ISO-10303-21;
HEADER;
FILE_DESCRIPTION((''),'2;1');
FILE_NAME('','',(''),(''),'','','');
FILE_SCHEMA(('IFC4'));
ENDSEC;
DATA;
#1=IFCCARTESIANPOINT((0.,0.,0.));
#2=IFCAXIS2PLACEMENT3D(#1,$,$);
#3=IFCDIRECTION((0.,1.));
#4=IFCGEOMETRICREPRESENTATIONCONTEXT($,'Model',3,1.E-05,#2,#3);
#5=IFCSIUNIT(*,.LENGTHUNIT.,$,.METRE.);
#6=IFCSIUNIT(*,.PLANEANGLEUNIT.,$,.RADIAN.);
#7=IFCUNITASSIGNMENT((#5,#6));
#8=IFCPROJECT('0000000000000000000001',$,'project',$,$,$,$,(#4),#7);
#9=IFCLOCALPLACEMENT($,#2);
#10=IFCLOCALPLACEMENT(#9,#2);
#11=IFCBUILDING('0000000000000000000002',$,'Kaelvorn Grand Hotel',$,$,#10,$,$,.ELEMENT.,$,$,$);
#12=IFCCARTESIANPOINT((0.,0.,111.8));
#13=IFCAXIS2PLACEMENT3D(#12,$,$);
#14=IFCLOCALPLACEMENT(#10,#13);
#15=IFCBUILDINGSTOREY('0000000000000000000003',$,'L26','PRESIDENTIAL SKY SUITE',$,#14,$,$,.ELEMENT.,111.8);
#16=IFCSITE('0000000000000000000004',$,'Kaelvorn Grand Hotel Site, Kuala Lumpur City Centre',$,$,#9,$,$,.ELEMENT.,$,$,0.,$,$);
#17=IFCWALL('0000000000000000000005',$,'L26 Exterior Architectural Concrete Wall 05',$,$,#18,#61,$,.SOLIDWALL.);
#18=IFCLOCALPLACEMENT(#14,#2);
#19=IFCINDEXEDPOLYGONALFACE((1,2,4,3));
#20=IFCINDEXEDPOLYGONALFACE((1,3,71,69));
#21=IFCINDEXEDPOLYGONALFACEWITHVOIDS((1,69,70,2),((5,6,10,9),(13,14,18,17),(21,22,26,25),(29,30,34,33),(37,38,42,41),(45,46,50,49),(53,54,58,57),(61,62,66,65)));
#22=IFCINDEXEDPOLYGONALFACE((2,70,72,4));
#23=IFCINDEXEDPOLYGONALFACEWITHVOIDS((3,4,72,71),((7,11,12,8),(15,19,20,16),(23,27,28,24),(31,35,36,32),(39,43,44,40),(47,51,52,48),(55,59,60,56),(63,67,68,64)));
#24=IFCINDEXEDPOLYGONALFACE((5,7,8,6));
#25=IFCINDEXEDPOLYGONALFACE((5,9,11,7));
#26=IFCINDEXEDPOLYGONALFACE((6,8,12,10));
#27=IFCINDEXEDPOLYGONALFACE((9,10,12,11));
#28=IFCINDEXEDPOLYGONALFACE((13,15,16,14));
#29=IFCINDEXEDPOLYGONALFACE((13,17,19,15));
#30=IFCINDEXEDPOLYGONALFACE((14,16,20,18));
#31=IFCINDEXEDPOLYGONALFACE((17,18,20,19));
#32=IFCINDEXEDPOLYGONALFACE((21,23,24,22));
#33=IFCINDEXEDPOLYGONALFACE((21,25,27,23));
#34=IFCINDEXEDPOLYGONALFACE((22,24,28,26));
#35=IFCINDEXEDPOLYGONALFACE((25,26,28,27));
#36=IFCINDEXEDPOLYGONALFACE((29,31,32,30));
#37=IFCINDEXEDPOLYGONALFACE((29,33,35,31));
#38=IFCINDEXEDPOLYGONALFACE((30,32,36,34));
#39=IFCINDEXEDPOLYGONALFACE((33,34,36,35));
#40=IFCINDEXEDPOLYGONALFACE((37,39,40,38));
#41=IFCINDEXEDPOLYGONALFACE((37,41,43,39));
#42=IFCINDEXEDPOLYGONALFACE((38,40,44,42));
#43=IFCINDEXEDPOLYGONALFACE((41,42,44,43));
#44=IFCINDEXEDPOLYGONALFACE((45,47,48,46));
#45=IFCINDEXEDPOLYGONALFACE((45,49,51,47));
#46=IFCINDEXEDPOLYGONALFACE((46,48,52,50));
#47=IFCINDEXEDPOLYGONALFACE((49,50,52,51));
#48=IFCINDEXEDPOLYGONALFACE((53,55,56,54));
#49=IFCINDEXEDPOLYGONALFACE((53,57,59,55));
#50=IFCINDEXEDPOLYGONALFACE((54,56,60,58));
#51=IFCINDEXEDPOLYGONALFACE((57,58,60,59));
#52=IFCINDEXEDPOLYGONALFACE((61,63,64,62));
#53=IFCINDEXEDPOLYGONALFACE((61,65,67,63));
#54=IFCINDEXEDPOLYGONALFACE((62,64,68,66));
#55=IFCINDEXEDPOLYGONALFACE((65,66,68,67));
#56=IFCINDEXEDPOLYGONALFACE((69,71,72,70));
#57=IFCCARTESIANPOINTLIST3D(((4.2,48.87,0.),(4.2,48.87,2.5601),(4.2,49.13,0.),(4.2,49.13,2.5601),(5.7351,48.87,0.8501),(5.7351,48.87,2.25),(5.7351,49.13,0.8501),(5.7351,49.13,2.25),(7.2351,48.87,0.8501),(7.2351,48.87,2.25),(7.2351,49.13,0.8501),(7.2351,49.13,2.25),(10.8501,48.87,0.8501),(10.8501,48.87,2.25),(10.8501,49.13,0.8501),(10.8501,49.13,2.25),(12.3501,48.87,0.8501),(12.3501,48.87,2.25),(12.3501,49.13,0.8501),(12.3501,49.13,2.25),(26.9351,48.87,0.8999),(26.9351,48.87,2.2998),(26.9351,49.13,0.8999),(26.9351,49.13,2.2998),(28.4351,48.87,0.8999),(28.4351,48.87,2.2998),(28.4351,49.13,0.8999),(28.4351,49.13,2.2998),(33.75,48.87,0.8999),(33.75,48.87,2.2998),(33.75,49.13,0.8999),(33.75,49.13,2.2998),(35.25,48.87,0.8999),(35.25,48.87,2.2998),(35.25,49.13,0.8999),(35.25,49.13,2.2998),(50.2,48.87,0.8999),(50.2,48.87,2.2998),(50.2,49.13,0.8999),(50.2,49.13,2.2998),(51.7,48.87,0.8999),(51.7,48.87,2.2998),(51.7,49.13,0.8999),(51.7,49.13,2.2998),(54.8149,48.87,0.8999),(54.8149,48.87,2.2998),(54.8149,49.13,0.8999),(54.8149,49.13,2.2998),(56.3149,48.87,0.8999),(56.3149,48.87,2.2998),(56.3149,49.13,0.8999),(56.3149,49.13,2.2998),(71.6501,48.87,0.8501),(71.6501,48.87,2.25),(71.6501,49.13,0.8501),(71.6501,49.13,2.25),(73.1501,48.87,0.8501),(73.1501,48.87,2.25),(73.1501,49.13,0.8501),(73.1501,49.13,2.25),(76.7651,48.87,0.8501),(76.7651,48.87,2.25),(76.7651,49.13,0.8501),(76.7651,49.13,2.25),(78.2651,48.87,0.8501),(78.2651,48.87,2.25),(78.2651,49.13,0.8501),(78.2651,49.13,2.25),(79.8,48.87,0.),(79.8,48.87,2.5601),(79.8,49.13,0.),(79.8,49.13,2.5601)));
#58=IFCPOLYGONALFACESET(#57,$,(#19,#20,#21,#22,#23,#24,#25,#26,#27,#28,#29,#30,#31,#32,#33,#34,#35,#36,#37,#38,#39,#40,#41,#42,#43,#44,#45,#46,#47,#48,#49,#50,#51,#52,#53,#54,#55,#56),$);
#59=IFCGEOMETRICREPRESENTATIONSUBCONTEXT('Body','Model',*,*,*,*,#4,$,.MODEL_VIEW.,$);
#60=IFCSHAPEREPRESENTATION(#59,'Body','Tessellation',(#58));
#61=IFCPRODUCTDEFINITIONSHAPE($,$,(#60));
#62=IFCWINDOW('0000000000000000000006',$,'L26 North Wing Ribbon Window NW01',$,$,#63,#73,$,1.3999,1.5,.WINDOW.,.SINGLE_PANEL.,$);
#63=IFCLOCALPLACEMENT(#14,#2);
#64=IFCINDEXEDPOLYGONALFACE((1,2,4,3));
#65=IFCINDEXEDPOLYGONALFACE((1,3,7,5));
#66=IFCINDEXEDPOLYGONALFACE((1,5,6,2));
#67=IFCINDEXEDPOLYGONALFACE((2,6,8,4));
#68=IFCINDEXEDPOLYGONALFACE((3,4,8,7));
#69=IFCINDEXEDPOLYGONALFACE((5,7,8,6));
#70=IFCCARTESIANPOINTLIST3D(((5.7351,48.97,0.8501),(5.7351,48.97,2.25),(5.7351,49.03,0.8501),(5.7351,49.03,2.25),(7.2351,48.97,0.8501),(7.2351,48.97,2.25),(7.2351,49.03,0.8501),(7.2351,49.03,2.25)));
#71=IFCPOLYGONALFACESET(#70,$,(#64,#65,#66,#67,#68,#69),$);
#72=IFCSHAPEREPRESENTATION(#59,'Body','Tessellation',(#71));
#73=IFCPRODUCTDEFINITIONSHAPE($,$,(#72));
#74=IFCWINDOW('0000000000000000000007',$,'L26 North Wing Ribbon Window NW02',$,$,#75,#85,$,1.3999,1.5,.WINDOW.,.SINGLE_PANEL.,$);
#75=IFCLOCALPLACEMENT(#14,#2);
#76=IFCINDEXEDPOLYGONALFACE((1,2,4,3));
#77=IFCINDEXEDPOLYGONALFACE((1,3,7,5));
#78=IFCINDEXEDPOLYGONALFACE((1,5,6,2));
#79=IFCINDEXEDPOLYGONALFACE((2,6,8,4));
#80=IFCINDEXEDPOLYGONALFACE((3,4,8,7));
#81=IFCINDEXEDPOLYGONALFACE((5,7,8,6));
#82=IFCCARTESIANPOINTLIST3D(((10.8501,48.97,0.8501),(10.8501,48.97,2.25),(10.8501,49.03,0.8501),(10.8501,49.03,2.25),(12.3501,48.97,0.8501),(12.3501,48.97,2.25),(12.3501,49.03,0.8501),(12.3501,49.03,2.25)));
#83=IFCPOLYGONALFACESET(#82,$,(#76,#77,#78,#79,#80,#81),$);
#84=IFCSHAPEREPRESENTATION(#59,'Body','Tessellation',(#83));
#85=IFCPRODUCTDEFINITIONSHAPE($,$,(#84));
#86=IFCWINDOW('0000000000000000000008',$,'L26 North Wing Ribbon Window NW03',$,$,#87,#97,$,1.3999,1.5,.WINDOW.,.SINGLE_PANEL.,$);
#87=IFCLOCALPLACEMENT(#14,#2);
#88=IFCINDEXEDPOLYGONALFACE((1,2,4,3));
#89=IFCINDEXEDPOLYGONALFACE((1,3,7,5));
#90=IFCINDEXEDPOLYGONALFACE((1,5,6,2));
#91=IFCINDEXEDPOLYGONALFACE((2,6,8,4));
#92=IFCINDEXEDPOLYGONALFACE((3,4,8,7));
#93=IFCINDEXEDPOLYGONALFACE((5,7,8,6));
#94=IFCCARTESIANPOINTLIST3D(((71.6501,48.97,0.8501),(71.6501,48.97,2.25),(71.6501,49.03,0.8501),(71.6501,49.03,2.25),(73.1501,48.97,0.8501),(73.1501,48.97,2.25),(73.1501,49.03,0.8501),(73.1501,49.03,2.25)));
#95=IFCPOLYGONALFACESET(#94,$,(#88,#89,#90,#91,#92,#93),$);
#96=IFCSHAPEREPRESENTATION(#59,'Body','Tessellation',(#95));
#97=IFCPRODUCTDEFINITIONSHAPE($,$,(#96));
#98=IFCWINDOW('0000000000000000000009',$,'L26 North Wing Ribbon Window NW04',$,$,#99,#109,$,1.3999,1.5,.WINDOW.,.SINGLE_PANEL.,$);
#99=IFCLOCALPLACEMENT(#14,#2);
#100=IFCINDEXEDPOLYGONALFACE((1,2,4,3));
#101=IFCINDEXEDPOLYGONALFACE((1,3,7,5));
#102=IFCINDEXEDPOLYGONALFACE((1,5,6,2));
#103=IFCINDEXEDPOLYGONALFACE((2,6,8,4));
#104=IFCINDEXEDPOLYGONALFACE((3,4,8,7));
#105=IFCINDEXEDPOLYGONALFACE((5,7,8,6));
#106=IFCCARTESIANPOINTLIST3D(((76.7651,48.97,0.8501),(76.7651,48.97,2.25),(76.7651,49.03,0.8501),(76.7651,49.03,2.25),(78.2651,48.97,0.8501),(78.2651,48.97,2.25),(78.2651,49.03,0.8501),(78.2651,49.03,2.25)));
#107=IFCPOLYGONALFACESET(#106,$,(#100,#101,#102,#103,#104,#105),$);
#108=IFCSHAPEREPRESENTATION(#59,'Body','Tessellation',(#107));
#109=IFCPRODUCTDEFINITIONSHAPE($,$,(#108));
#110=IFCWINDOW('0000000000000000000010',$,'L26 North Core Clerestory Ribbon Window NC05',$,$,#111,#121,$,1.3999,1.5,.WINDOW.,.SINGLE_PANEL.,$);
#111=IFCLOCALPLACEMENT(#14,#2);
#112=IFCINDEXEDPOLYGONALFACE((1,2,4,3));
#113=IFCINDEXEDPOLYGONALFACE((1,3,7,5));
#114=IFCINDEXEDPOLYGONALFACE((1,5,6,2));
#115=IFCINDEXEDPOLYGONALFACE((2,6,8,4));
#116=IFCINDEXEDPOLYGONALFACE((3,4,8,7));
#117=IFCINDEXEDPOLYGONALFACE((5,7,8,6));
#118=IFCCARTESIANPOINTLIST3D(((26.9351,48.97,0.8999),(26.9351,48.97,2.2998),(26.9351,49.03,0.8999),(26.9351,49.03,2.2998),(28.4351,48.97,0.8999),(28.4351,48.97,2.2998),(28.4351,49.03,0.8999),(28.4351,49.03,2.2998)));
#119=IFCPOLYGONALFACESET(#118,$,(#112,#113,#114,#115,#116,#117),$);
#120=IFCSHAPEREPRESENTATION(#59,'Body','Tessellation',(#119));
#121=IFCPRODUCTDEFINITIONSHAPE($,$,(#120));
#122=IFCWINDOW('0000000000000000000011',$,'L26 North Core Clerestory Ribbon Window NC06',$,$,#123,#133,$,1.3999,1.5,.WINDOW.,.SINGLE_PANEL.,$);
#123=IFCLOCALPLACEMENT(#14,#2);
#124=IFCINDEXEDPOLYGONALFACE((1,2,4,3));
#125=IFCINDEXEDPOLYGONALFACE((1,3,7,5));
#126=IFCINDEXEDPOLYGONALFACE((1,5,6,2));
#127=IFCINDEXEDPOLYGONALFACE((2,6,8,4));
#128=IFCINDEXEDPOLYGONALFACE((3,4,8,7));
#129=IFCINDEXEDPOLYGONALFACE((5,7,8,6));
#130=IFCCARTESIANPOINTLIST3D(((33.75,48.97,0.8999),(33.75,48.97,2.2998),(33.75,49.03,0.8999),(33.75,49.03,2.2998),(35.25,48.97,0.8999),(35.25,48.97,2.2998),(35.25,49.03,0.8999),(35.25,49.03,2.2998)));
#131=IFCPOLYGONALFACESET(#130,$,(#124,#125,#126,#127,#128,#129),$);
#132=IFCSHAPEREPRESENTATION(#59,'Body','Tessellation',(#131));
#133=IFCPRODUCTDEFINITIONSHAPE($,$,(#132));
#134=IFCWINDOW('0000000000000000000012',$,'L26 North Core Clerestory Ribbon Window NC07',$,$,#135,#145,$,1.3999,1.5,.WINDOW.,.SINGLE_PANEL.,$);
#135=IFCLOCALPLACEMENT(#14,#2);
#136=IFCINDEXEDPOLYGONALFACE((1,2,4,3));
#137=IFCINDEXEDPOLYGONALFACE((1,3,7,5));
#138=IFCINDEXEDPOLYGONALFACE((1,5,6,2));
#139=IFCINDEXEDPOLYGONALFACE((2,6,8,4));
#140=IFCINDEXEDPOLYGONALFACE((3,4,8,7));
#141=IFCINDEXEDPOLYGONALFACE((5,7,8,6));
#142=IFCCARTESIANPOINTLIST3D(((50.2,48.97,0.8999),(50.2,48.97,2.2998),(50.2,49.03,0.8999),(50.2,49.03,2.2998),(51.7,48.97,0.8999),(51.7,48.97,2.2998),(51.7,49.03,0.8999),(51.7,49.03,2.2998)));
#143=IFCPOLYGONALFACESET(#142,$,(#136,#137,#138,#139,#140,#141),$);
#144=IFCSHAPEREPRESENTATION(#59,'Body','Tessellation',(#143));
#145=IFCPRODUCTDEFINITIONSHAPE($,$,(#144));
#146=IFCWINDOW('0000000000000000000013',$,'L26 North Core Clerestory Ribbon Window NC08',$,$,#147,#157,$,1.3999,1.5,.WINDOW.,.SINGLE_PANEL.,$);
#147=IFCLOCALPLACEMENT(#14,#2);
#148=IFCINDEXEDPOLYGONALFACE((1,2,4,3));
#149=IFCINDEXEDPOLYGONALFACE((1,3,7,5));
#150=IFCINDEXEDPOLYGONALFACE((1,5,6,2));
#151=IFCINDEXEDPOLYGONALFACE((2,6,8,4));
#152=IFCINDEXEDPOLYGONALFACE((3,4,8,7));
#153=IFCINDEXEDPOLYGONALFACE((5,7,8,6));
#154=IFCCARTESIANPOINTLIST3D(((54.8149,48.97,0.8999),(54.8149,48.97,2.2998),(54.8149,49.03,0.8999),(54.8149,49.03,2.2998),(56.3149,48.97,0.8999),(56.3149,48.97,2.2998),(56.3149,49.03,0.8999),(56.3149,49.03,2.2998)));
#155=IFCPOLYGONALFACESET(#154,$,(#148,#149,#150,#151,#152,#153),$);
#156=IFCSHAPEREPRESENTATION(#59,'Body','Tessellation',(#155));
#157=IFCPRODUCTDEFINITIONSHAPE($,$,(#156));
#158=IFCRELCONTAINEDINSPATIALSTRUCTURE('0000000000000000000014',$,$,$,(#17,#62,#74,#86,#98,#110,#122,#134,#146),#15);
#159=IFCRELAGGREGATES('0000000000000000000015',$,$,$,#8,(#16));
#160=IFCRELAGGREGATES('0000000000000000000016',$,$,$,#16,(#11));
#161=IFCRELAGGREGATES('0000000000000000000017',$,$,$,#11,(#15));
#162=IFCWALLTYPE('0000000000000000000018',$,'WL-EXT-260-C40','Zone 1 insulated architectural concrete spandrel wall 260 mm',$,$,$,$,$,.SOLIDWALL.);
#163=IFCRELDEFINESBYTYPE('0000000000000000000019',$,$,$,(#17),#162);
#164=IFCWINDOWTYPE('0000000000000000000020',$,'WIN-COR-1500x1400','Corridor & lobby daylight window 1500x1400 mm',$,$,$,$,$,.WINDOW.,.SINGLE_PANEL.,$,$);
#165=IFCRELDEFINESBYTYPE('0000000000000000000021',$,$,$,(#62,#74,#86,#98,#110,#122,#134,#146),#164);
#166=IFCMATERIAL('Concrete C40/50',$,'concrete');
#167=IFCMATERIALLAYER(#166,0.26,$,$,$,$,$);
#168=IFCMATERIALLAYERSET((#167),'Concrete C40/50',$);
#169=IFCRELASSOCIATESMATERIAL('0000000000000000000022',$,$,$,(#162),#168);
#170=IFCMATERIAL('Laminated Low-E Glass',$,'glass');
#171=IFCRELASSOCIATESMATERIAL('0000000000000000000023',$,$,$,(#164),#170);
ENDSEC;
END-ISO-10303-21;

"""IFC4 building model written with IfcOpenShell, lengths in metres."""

from ifc_helpers import new_model, si_unit, direction, frame, frame_2d, origin, place, context, subcontext, project, spatial, rectangle, extrude, material, layer, layer_set, type_object, element, fill, save


model = new_model("IFC4")

# Units and contexts
model_context = context("Model", 3, precision=1e-05, world=origin(), true_north=direction((0.0, 1.0)))
body_context = subcontext(model_context, "Body", "Model", "MODEL_VIEW")
ifc_project = project(units=[si_unit("LENGTHUNIT", "METRE"), si_unit("PLANEANGLEUNIT", "RADIAN")], contexts=[model_context])

# Site, building, storey
site_placement = place(None, origin())
site = spatial("IfcSite", under=ifc_project, at=site_placement, Name="Kaelvorn Grand Hotel Site, Kuala Lumpur City Centre", CompositionType="ELEMENT", RefElevation=0.0)
building_placement = place(site_placement, origin())
building = spatial("IfcBuilding", under=site, at=building_placement, Name="Kaelvorn Grand Hotel", CompositionType="ELEMENT")
storey_placement = place(building_placement, frame((0.0, 0.0, 111.8)))
storey = spatial("IfcBuildingStorey", under=building, at=storey_placement, Name="L26", Description="PRESIDENTIAL SKY SUITE", CompositionType="ELEMENT", Elevation=111.8)

# Shared definitions
ifc_material_1 = material(Name="Concrete C40/50", Category="concrete")
ifc_layer_1 = layer(ifc_material_1, 0.26)
ifc_layer_set_1 = layer_set([ifc_layer_1], Name="Concrete C40/50")
wall_type = type_object("IfcWallType", Name="WL-EXT-260-C40", Description="Zone 1 insulated architectural concrete spandrel wall 260 mm", PredefinedType="SOLIDWALL", material=ifc_layer_set_1)

# Wall, openings, windows
wall_1_placement = place(storey_placement, frame((79.8, 49.0, 0.0), z_axis=(0.0, 0.0, 1.0), x_axis=(-1.0, 0.0, 0.0)))
wall_1 = element("IfcWall", 1, at=wall_1_placement, inside=storey, type_object=wall_type, Name="L26 Exterior Architectural Concrete Wall 05", PredefinedType="SOLIDWALL", context=body_context, shape_type="SweptSolid", body=[
    extrude(rectangle(XDim=75.6001, YDim=0.26, at=frame_2d((37.8, 0.0))), origin(), (0.0, 0.0, 1.0), 2.5601),
])
opening_1_placement = place(wall_1_placement, frame((72.5649, 0.0, 0.8501)))
opening_1 = element("IfcOpeningElement", 2, at=opening_1_placement, cuts=wall_1, PredefinedType="OPENING", context=body_context, shape_type="SweptSolid", body=[
    extrude(rectangle(XDim=1.5, YDim=1.3999, at=frame_2d((0.75, 0.7))), frame((0.0, 0.1401, 0.0), z_axis=(0.0, -1.0, 0.0), x_axis=(1.0, 0.0, 0.0)), (0.0, 0.0, 1.0), 0.28),
])
opening_2_placement = place(wall_1_placement, frame((67.45, 0.0, 0.8501)))
opening_2 = element("IfcOpeningElement", 3, at=opening_2_placement, cuts=wall_1, PredefinedType="OPENING", context=body_context, shape_type="SweptSolid", body=[
    extrude(rectangle(XDim=1.5, YDim=1.3999, at=frame_2d((0.75, 0.7))), frame((0.0, 0.1401, 0.0), z_axis=(0.0, -1.0, 0.0), x_axis=(1.0, 0.0, 0.0)), (0.0, 0.0, 1.0), 0.28),
])
opening_3_placement = place(wall_1_placement, frame((6.6499, 0.0, 0.8501)))
opening_3 = element("IfcOpeningElement", 4, at=opening_3_placement, cuts=wall_1, PredefinedType="OPENING", context=body_context, shape_type="SweptSolid", body=[
    extrude(rectangle(XDim=1.5, YDim=1.3999, at=frame_2d((0.75, 0.7))), frame((0.0, 0.1401, 0.0), z_axis=(0.0, -1.0, 0.0), x_axis=(1.0, 0.0, 0.0)), (0.0, 0.0, 1.0), 0.28),
])
opening_4_placement = place(wall_1_placement, frame((1.5349, 0.0, 0.8501)))
opening_4 = element("IfcOpeningElement", 5, at=opening_4_placement, cuts=wall_1, PredefinedType="OPENING", context=body_context, shape_type="SweptSolid", body=[
    extrude(rectangle(XDim=1.5, YDim=1.3999, at=frame_2d((0.75, 0.7))), frame((0.0, 0.1401, 0.0), z_axis=(0.0, -1.0, 0.0), x_axis=(1.0, 0.0, 0.0)), (0.0, 0.0, 1.0), 0.28),
])
opening_5_placement = place(wall_1_placement, frame((51.365, 0.0, 0.8999)))
opening_5 = element("IfcOpeningElement", 6, at=opening_5_placement, cuts=wall_1, PredefinedType="OPENING", context=body_context, shape_type="SweptSolid", body=[
    extrude(rectangle(XDim=1.5, YDim=1.3999, at=frame_2d((0.75, 0.7))), frame((0.0, 0.1401, 0.0), z_axis=(0.0, -1.0, 0.0), x_axis=(1.0, 0.0, 0.0)), (0.0, 0.0, 1.0), 0.28),
])
opening_6_placement = place(wall_1_placement, frame((44.55, 0.0, 0.8999)))
opening_6 = element("IfcOpeningElement", 7, at=opening_6_placement, cuts=wall_1, PredefinedType="OPENING", context=body_context, shape_type="SweptSolid", body=[
    extrude(rectangle(XDim=1.5, YDim=1.3999, at=frame_2d((0.75, 0.7))), frame((0.0, 0.1401, 0.0), z_axis=(0.0, -1.0, 0.0), x_axis=(1.0, 0.0, 0.0)), (0.0, 0.0, 1.0), 0.28),
])
opening_7_placement = place(wall_1_placement, frame((28.1001, 0.0, 0.8999)))
opening_7 = element("IfcOpeningElement", 8, at=opening_7_placement, cuts=wall_1, PredefinedType="OPENING", context=body_context, shape_type="SweptSolid", body=[
    extrude(rectangle(XDim=1.5, YDim=1.3999, at=frame_2d((0.75, 0.7))), frame((0.0, 0.1401, 0.0), z_axis=(0.0, -1.0, 0.0), x_axis=(1.0, 0.0, 0.0)), (0.0, 0.0, 1.0), 0.28),
])
opening_8_placement = place(wall_1_placement, frame((23.4851, 0.0, 0.8999)))
opening_8 = element("IfcOpeningElement", 9, at=opening_8_placement, cuts=wall_1, PredefinedType="OPENING", context=body_context, shape_type="SweptSolid", body=[
    extrude(rectangle(XDim=1.5, YDim=1.3999, at=frame_2d((0.75, 0.7))), frame((0.0, 0.1401, 0.0), z_axis=(0.0, -1.0, 0.0), x_axis=(1.0, 0.0, 0.0)), (0.0, 0.0, 1.0), 0.28),
])
ifc_material_2 = material(Name="Laminated Low-E Glass", Category="glass")
window_type = type_object("IfcWindowType", Name="WIN-COR-1500x1400", Description="Corridor & lobby daylight window 1500x1400 mm", PartitioningType="SINGLE_PANEL", PredefinedType="WINDOW", material=ifc_material_2)
window_1_placement = place(opening_1_placement, origin())
window_1 = element("IfcWindow", 10, at=window_1_placement, inside=storey, type_object=window_type, Name="L26 North Wing Ribbon Window NW01", OverallHeight=1.3999, OverallWidth=1.5, PartitioningType="SINGLE_PANEL", PredefinedType="WINDOW", context=body_context, shape_type="SweptSolid", body=[
    extrude(rectangle(XDim=1.5, YDim=1.3999, at=frame_2d((0.75, 0.7))), frame((0.0, 0.03, 0.0), z_axis=(0.0, -1.0, 0.0), x_axis=(1.0, 0.0, 0.0)), (0.0, 0.0, 1.0), 0.0601),
])
fill(opening_1, window_1)
window_2_placement = place(opening_2_placement, origin())
window_2 = element("IfcWindow", 11, at=window_2_placement, inside=storey, type_object=window_type, Name="L26 North Wing Ribbon Window NW02", OverallHeight=1.3999, OverallWidth=1.5, PartitioningType="SINGLE_PANEL", PredefinedType="WINDOW", context=body_context, shape_type="SweptSolid", body=[
    extrude(rectangle(XDim=1.5, YDim=1.3999, at=frame_2d((0.75, 0.7))), frame((0.0, 0.03, 0.0), z_axis=(0.0, -1.0, 0.0), x_axis=(1.0, 0.0, 0.0)), (0.0, 0.0, 1.0), 0.0601),
])
fill(opening_2, window_2)
window_3_placement = place(opening_3_placement, origin())
window_3 = element("IfcWindow", 12, at=window_3_placement, inside=storey, type_object=window_type, Name="L26 North Wing Ribbon Window NW03", OverallHeight=1.3999, OverallWidth=1.5, PartitioningType="SINGLE_PANEL", PredefinedType="WINDOW", context=body_context, shape_type="SweptSolid", body=[
    extrude(rectangle(XDim=1.5, YDim=1.3999, at=frame_2d((0.75, 0.7))), frame((0.0, 0.03, 0.0), z_axis=(0.0, -1.0, 0.0), x_axis=(1.0, 0.0, 0.0)), (0.0, 0.0, 1.0), 0.0601),
])
fill(opening_3, window_3)
window_4_placement = place(opening_4_placement, origin())
window_4 = element("IfcWindow", 13, at=window_4_placement, inside=storey, type_object=window_type, Name="L26 North Wing Ribbon Window NW04", OverallHeight=1.3999, OverallWidth=1.5, PartitioningType="SINGLE_PANEL", PredefinedType="WINDOW", context=body_context, shape_type="SweptSolid", body=[
    extrude(rectangle(XDim=1.5, YDim=1.3999, at=frame_2d((0.75, 0.7))), frame((0.0, 0.03, 0.0), z_axis=(0.0, -1.0, 0.0), x_axis=(1.0, 0.0, 0.0)), (0.0, 0.0, 1.0), 0.0601),
])
fill(opening_4, window_4)
window_5_placement = place(opening_5_placement, origin())
window_5 = element("IfcWindow", 14, at=window_5_placement, inside=storey, type_object=window_type, Name="L26 North Core Clerestory Ribbon Window NC05", OverallHeight=1.3999, OverallWidth=1.5, PartitioningType="SINGLE_PANEL", PredefinedType="WINDOW", context=body_context, shape_type="SweptSolid", body=[
    extrude(rectangle(XDim=1.5, YDim=1.3999, at=frame_2d((0.75, 0.7))), frame((0.0, 0.03, 0.0), z_axis=(0.0, -1.0, 0.0), x_axis=(1.0, 0.0, 0.0)), (0.0, 0.0, 1.0), 0.0601),
])
fill(opening_5, window_5)
window_6_placement = place(opening_6_placement, origin())
window_6 = element("IfcWindow", 15, at=window_6_placement, inside=storey, type_object=window_type, Name="L26 North Core Clerestory Ribbon Window NC06", OverallHeight=1.3999, OverallWidth=1.5, PartitioningType="SINGLE_PANEL", PredefinedType="WINDOW", context=body_context, shape_type="SweptSolid", body=[
    extrude(rectangle(XDim=1.5, YDim=1.3999, at=frame_2d((0.75, 0.7))), frame((0.0, 0.03, 0.0), z_axis=(0.0, -1.0, 0.0), x_axis=(1.0, 0.0, 0.0)), (0.0, 0.0, 1.0), 0.0601),
])
fill(opening_6, window_6)
window_7_placement = place(opening_7_placement, origin())
window_7 = element("IfcWindow", 16, at=window_7_placement, inside=storey, type_object=window_type, Name="L26 North Core Clerestory Ribbon Window NC07", OverallHeight=1.3999, OverallWidth=1.5, PartitioningType="SINGLE_PANEL", PredefinedType="WINDOW", context=body_context, shape_type="SweptSolid", body=[
    extrude(rectangle(XDim=1.5, YDim=1.3999, at=frame_2d((0.75, 0.7))), frame((0.0, 0.03, 0.0), z_axis=(0.0, -1.0, 0.0), x_axis=(1.0, 0.0, 0.0)), (0.0, 0.0, 1.0), 0.0601),
])
fill(opening_7, window_7)
window_8_placement = place(opening_8_placement, origin())
window_8 = element("IfcWindow", 17, at=window_8_placement, inside=storey, type_object=window_type, Name="L26 North Core Clerestory Ribbon Window NC08", OverallHeight=1.3999, OverallWidth=1.5, PartitioningType="SINGLE_PANEL", PredefinedType="WINDOW", context=body_context, shape_type="SweptSolid", body=[
    extrude(rectangle(XDim=1.5, YDim=1.3999, at=frame_2d((0.75, 0.7))), frame((0.0, 0.03, 0.0), z_axis=(0.0, -1.0, 0.0), x_axis=(1.0, 0.0, 0.0)), (0.0, 0.0, 1.0), 0.0601),
])
fill(opening_8, window_8)

save(model, "model.ifc")
